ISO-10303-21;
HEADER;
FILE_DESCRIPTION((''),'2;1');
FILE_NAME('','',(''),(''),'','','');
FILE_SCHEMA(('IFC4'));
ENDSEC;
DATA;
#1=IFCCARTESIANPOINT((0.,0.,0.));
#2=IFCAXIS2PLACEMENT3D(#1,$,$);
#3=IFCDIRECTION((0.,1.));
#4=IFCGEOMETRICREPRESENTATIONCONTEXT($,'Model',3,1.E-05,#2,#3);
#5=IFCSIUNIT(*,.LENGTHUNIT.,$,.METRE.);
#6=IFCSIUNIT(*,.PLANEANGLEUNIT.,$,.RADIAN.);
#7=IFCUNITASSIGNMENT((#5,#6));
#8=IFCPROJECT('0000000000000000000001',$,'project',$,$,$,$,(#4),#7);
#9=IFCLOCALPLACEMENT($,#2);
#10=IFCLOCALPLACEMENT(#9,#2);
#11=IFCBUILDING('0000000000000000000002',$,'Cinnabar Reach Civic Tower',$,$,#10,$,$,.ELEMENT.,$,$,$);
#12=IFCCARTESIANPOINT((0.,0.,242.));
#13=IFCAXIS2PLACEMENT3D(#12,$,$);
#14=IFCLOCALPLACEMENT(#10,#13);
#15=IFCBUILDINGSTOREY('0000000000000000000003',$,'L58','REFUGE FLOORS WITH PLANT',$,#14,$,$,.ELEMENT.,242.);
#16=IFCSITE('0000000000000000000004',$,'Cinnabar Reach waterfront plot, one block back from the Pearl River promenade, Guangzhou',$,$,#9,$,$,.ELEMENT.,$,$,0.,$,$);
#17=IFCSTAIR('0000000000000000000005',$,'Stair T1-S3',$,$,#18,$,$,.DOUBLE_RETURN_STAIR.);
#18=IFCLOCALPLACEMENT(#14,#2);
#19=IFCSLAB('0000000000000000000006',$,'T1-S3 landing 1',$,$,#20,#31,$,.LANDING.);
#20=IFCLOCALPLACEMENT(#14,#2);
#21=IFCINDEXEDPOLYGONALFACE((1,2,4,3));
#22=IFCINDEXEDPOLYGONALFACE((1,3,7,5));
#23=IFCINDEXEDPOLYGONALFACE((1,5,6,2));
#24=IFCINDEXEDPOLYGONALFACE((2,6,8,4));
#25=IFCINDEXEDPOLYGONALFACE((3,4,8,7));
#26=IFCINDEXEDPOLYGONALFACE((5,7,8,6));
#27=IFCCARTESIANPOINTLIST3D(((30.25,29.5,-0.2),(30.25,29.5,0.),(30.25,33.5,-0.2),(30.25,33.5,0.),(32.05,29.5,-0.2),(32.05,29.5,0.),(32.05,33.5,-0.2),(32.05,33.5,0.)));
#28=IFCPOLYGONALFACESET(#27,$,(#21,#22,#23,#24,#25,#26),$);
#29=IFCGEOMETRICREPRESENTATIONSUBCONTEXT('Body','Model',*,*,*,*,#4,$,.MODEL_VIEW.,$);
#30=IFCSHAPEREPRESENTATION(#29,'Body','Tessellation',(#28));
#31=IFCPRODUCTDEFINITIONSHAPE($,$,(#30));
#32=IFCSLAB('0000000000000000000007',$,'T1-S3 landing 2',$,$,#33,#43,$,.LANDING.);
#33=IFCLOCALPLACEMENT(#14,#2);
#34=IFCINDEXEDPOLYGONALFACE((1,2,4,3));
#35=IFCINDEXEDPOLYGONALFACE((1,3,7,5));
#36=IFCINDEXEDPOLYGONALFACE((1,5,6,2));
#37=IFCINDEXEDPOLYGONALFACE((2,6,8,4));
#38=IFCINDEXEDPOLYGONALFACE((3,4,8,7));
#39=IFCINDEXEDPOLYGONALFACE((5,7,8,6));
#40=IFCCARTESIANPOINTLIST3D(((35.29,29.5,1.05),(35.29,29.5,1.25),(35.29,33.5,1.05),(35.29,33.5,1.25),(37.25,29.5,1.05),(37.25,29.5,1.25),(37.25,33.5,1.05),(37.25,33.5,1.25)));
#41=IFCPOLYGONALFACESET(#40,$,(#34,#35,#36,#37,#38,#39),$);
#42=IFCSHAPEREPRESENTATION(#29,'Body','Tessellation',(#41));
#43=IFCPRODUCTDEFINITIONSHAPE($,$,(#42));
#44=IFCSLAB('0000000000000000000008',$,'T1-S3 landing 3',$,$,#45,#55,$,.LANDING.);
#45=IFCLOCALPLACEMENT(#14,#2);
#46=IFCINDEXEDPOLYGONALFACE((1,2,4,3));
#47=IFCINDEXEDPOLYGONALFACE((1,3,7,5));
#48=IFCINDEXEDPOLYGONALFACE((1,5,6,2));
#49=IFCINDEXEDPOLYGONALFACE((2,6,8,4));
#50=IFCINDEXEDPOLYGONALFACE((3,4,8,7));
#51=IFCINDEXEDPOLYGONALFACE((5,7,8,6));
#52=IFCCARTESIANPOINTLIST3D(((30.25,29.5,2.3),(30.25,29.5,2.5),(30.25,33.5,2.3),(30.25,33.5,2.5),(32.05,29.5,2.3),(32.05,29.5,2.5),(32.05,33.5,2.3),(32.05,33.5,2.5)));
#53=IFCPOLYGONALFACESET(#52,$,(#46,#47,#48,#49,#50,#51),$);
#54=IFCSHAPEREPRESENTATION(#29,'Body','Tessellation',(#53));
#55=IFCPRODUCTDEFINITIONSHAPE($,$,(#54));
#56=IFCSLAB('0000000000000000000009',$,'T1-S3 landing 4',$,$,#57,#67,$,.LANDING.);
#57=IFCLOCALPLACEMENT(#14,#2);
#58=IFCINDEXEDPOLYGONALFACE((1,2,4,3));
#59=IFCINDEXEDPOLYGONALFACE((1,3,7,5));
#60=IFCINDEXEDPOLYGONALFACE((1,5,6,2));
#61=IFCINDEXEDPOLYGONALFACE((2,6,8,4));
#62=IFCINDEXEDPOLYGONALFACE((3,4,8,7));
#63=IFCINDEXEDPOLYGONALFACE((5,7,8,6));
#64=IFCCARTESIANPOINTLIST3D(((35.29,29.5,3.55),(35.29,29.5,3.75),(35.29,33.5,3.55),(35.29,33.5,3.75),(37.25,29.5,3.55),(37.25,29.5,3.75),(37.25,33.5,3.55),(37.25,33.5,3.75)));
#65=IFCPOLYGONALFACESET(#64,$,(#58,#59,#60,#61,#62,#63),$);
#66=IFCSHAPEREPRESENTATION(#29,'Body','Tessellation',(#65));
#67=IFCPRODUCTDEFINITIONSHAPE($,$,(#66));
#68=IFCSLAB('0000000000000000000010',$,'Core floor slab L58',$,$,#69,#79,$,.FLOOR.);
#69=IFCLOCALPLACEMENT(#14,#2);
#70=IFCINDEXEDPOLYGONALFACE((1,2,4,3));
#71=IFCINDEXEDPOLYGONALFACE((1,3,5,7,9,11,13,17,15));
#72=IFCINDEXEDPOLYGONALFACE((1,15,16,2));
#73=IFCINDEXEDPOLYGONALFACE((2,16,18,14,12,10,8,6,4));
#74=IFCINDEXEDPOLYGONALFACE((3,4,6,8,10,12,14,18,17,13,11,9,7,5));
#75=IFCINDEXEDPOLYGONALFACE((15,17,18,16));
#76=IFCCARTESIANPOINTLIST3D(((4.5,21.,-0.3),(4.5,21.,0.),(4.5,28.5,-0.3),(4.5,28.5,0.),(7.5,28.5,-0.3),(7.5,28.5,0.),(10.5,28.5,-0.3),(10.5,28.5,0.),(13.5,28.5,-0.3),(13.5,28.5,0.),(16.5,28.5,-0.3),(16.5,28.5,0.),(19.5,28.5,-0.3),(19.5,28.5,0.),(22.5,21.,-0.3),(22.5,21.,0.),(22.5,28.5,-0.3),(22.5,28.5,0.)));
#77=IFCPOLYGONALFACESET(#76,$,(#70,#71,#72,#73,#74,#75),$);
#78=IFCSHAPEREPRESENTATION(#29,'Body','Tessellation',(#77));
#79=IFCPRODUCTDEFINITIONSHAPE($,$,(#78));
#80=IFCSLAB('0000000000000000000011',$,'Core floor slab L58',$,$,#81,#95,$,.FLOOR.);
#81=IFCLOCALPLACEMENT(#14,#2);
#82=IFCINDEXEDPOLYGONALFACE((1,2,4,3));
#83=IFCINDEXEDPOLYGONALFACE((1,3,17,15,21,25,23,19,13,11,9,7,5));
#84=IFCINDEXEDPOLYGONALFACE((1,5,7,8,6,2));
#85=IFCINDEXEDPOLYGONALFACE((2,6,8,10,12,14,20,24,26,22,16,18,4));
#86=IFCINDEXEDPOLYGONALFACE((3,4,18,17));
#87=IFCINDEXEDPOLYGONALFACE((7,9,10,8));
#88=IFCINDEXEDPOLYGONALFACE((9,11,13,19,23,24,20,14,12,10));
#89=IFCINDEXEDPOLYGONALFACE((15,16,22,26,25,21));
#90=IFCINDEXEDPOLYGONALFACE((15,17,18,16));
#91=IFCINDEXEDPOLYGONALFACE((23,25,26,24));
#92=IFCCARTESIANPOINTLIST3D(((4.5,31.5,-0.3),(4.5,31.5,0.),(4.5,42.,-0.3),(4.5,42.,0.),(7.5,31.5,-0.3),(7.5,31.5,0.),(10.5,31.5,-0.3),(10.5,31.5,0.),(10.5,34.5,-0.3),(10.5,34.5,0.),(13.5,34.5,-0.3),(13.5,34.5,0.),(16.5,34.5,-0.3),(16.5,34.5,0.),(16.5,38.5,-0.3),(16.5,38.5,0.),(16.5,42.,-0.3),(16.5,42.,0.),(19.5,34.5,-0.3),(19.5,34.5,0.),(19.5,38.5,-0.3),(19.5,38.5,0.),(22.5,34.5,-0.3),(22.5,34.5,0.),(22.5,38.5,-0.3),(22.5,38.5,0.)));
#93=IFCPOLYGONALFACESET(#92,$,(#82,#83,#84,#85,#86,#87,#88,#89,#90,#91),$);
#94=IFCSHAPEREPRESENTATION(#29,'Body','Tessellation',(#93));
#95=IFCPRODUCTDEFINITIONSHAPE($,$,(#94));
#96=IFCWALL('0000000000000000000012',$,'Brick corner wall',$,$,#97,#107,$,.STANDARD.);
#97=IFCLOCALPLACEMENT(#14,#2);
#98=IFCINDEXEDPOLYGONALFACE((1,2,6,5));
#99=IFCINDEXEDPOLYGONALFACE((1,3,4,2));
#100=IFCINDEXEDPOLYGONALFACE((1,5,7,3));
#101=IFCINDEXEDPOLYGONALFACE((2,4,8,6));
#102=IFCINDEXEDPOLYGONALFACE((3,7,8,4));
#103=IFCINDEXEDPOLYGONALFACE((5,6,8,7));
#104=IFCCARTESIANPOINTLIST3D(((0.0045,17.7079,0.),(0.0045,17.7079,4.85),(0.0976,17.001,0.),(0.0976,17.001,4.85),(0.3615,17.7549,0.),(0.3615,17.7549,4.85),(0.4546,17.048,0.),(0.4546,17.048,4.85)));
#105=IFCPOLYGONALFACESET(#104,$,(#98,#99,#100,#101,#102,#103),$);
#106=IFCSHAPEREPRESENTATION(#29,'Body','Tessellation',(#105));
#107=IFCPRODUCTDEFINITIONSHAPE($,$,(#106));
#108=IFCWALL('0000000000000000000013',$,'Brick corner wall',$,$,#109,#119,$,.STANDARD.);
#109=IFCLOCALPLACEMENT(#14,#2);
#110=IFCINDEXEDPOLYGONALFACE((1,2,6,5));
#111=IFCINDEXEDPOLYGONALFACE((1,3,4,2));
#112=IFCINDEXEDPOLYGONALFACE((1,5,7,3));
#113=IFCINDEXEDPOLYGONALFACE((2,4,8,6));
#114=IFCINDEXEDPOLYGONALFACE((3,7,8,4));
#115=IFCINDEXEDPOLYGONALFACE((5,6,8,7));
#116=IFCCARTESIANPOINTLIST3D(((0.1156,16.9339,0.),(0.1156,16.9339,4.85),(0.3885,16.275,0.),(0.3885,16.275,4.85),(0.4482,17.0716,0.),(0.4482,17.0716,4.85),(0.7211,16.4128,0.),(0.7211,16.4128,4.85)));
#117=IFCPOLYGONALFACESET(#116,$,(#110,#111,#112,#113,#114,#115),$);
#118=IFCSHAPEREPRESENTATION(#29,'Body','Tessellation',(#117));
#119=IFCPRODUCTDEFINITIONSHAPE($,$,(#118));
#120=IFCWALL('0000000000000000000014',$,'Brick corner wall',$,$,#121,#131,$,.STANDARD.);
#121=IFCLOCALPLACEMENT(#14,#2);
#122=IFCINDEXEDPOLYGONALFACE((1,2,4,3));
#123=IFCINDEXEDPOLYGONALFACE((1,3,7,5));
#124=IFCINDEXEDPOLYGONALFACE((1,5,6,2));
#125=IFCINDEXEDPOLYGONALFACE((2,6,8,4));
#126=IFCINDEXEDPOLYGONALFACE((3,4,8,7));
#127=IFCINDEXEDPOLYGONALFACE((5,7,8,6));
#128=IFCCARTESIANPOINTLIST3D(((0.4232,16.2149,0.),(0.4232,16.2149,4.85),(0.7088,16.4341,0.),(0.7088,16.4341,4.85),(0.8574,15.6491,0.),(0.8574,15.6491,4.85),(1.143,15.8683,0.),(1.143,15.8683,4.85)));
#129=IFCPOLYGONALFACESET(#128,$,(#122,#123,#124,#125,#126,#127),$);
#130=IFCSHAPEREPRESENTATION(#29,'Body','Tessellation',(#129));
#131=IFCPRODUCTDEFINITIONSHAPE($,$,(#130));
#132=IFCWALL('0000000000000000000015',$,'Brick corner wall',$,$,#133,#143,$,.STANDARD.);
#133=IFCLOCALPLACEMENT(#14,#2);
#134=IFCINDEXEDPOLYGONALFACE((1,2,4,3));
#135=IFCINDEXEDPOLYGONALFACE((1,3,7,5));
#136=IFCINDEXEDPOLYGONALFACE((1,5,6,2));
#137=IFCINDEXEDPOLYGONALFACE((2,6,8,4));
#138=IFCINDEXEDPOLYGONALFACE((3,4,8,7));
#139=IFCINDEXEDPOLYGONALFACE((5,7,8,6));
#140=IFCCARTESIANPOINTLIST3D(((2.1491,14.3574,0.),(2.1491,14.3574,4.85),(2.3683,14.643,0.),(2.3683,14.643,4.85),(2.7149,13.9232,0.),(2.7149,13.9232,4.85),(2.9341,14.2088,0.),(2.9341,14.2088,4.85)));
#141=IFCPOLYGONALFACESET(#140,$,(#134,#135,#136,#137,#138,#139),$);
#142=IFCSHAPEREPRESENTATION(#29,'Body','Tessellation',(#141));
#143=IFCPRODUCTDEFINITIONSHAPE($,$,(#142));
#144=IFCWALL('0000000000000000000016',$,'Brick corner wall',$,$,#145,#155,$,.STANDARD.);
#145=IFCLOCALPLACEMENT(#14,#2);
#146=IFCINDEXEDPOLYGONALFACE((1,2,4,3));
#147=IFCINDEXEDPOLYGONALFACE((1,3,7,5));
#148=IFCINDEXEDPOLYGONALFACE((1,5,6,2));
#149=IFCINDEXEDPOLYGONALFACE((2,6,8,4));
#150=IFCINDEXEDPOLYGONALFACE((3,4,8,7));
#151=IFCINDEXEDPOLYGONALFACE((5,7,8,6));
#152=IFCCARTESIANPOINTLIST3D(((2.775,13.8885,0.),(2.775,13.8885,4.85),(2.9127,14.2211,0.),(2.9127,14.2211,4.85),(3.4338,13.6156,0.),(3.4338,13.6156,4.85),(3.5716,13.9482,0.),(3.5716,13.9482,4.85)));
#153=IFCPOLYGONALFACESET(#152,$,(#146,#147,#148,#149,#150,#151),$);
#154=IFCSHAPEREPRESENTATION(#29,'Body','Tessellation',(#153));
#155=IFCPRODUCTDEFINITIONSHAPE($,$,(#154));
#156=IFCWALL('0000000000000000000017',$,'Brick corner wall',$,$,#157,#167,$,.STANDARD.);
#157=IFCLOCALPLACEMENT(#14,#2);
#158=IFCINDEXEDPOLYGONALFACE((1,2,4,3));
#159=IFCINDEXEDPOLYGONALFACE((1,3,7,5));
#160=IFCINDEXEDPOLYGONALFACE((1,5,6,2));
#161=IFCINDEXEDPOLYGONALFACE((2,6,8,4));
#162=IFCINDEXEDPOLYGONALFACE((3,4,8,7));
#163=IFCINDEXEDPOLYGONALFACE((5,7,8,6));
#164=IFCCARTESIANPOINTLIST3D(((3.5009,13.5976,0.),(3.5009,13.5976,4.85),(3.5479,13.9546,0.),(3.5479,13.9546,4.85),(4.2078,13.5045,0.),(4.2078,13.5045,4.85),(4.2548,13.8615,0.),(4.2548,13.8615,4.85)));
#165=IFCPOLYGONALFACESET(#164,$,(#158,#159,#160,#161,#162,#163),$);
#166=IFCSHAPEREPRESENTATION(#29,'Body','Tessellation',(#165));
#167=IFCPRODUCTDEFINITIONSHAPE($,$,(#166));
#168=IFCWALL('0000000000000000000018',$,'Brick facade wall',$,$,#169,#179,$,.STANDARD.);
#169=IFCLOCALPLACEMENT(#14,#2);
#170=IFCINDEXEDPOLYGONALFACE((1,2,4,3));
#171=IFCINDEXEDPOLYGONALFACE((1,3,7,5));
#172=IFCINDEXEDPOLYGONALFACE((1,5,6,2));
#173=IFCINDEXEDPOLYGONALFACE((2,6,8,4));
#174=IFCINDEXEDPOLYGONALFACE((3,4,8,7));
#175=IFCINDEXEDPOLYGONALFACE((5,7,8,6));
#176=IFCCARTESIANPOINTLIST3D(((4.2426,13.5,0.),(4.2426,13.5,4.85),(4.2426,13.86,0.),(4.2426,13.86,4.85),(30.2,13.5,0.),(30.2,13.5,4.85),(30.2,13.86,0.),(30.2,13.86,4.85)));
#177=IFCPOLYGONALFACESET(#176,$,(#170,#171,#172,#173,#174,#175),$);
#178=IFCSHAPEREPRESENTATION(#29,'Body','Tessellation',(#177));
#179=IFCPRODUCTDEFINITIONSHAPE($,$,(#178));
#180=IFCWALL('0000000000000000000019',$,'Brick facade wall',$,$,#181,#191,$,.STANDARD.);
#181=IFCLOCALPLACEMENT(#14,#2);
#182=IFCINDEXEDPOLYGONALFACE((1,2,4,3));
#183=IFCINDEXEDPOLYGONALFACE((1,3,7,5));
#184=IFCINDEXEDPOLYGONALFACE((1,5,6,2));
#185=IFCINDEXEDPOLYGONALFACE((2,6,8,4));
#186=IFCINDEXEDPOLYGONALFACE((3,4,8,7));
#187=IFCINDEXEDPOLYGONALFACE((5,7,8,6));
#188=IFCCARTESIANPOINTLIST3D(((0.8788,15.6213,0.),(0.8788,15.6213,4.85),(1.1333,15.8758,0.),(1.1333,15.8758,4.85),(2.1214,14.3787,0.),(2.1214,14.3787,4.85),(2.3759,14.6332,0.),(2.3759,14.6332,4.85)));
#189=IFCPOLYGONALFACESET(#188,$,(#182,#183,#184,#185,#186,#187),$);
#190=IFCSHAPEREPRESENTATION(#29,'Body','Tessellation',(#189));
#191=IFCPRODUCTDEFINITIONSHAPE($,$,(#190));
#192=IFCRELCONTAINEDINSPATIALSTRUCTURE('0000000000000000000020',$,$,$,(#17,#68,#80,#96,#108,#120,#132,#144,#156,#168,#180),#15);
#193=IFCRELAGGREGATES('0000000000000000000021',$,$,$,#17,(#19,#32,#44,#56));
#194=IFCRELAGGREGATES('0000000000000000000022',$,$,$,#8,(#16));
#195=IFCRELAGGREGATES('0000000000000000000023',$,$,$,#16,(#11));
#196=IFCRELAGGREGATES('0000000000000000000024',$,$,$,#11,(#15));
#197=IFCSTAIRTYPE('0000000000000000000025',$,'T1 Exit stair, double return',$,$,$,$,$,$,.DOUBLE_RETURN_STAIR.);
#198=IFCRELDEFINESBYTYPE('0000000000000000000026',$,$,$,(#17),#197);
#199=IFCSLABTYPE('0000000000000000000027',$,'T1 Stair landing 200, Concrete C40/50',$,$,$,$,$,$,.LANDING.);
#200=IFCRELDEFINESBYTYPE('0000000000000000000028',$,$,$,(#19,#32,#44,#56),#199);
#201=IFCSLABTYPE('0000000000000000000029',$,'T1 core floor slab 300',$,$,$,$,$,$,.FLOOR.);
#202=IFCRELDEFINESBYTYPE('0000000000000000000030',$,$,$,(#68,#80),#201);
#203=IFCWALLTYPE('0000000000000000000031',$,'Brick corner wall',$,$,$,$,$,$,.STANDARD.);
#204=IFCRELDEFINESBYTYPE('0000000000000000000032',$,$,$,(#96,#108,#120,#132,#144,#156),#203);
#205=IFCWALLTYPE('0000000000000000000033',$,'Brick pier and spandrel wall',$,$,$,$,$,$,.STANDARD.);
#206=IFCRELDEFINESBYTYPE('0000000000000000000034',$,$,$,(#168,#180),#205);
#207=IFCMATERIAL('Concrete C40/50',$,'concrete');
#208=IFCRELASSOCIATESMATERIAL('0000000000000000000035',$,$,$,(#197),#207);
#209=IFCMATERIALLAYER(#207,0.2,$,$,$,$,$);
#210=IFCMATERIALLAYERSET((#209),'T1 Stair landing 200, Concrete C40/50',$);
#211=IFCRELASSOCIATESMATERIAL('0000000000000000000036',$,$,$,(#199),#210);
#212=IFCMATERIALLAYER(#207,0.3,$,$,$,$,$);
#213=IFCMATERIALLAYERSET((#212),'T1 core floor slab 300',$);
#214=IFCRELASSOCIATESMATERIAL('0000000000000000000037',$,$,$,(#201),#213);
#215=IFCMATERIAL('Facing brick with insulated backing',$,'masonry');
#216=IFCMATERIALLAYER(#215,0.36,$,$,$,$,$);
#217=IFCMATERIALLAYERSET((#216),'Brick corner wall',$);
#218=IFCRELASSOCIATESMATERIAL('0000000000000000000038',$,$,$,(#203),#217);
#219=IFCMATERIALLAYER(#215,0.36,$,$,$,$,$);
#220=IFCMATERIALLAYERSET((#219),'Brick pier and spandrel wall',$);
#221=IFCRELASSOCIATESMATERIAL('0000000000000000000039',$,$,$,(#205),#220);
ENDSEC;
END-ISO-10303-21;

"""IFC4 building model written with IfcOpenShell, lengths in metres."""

from ifc_helpers import new_model, si_unit, direction, frame, frame_2d, origin, place, context, subcontext, project, spatial, polyline, rectangle, outline, extrude, material, layer, layer_set, type_object, element, aggregate, save


model = new_model("IFC4")

# Units and contexts
model_context = context("Model", 3, precision=1e-05, world=origin(), true_north=direction((0.0, 1.0)))
body_context = subcontext(model_context, "Body", "Model", "MODEL_VIEW")
ifc_project = project(units=[si_unit("LENGTHUNIT", "METRE"), si_unit("PLANEANGLEUNIT", "RADIAN")], contexts=[model_context])

# Site, building, storey
site_placement = place(None, origin())
site = spatial("IfcSite", under=ifc_project, at=site_placement, Name="Cinnabar Reach waterfront plot, one block back from the Pearl River promenade, Guangzhou", CompositionType="ELEMENT", RefElevation=0.0)
building_placement = place(site_placement, origin())
building = spatial("IfcBuilding", under=site, at=building_placement, Name="Cinnabar Reach Civic Tower", CompositionType="ELEMENT")
storey_placement = place(building_placement, frame((0.0, 0.0, 242.0)))
storey = spatial("IfcBuildingStorey", under=building, at=storey_placement, Name="L58", Description="REFUGE FLOORS WITH PLANT", CompositionType="ELEMENT", Elevation=242.0)

# Stair, slabs
ifc_material_1 = material(Name="Concrete C40/50", Category="concrete")
stair_type = type_object("IfcStairType", Name="T1 Exit stair, double return", PredefinedType="DOUBLE_RETURN_STAIR", material=ifc_material_1)
ifc_layer_1 = layer(ifc_material_1, 0.2)
ifc_layer_set_1 = layer_set([ifc_layer_1], Name="T1 Stair landing 200, Concrete C40/50")
slab_type_1 = type_object("IfcSlabType", Name="T1 Stair landing 200, Concrete C40/50", PredefinedType="LANDING", material=ifc_layer_set_1)
stair_1_placement = place(storey_placement, origin())
stair_1 = element("IfcStair", 1, at=stair_1_placement, inside=storey, type_object=stair_type, Name="Stair T1-S3", PredefinedType="DOUBLE_RETURN_STAIR")
slab_1_placement = place(storey_placement, frame((0.0, 0.0, -0.2)))
slab_1 = element("IfcSlab", 2, at=slab_1_placement, type_object=slab_type_1, Name="T1-S3 landing 1", PredefinedType="LANDING", context=body_context, shape_type="SweptSolid", body=[
    extrude(outline(polyline([(30.25, 29.5), (32.05, 29.5), (32.05, 33.5), (30.25, 33.5), (30.25, 29.5)])), origin(), (0.0, 0.0, 1.0), 0.2),
])
slab_2_placement = place(storey_placement, frame((0.0, 0.0, 1.05)))
slab_2 = element("IfcSlab", 3, at=slab_2_placement, type_object=slab_type_1, Name="T1-S3 landing 2", PredefinedType="LANDING", context=body_context, shape_type="SweptSolid", body=[
    extrude(outline(polyline([(35.29, 29.5), (37.25, 29.5), (37.25, 33.5), (35.29, 33.5), (35.29, 29.5)])), origin(), (0.0, 0.0, 1.0), 0.2),
])
slab_3_placement = place(storey_placement, frame((0.0, 0.0, 2.3)))
slab_3 = element("IfcSlab", 4, at=slab_3_placement, type_object=slab_type_1, Name="T1-S3 landing 3", PredefinedType="LANDING", context=body_context, shape_type="SweptSolid", body=[
    extrude(outline(polyline([(30.25, 29.5), (32.05, 29.5), (32.05, 33.5), (30.25, 33.5), (30.25, 29.5)])), origin(), (0.0, 0.0, 1.0), 0.2),
])
slab_4_placement = place(storey_placement, frame((0.0, 0.0, 3.55)))
slab_4 = element("IfcSlab", 5, at=slab_4_placement, type_object=slab_type_1, Name="T1-S3 landing 4", PredefinedType="LANDING", context=body_context, shape_type="SweptSolid", body=[
    extrude(outline(polyline([(35.29, 29.5), (37.25, 29.5), (37.25, 33.5), (35.29, 33.5), (35.29, 29.5)])), origin(), (0.0, 0.0, 1.0), 0.2),
])
aggregate(stair_1, [slab_1, slab_2, slab_3, slab_4])

# Slabs
ifc_layer_2 = layer(ifc_material_1, 0.3)
ifc_layer_set_2 = layer_set([ifc_layer_2], Name="T1 core floor slab 300")
slab_type_2 = type_object("IfcSlabType", Name="T1 core floor slab 300", PredefinedType="FLOOR", material=ifc_layer_set_2)
slab_5_placement = place(storey_placement, frame((0.0, 0.0, -0.3)))
element("IfcSlab", 6, at=slab_5_placement, inside=storey, type_object=slab_type_2, Name="Core floor slab L58", PredefinedType="FLOOR", context=body_context, shape_type="SweptSolid", body=[
    extrude(outline(polyline([(22.5, 21.0), (4.5, 21.0), (4.5, 28.5), (7.5, 28.5), (10.5, 28.5), (13.5, 28.5), (16.5, 28.5), (19.5, 28.5), (22.5, 28.5), (22.5, 21.0)])), origin(), (0.0, 0.0, 1.0), 0.3),
])
slab_6_placement = place(storey_placement, frame((0.0, 0.0, -0.3)))
element("IfcSlab", 7, at=slab_6_placement, inside=storey, type_object=slab_type_2, Name="Core floor slab L58", PredefinedType="FLOOR", context=body_context, shape_type="SweptSolid", body=[
    extrude(outline(polyline([(22.5, 34.5), (19.5, 34.5), (16.5, 34.5), (13.5, 34.5), (10.5, 34.5), (10.5, 31.5), (7.5, 31.5), (4.5, 31.5), (4.5, 42.0), (16.5, 42.0), (16.5, 38.5), (19.5, 38.5), (22.5, 38.5), (22.5, 34.5)])), origin(), (0.0, 0.0, 1.0), 0.3),
])

# Walls
ifc_material_2 = material(Name="Facing brick with insulated backing", Category="masonry")
ifc_layer_3 = layer(ifc_material_2, 0.36)
ifc_layer_set_3 = layer_set([ifc_layer_3], Name="Brick corner wall")
wall_type_1 = type_object("IfcWallType", Name="Brick corner wall", PredefinedType="STANDARD", material=ifc_layer_set_3)
for number, where, z_axis, x_axis, name in (
    (8, (0.183, 17.7314, 0.0), (0.0, 0.0, 1.0), (0.130556, -0.991441, 0.0), "Brick corner wall"),
    (9, (0.2819, 17.0027, 0.0), (0.0, 0.0, 1.0), (0.382703, -0.923872, 0.0), "Brick corner wall"),
):
    element("IfcWall", number, at=place(storey_placement, frame(where, z_axis=z_axis, x_axis=x_axis)), inside=storey, type_object=wall_type_1, Name=name, PredefinedType="STANDARD", context=body_context, shape_type="SweptSolid", body=[
        extrude(rectangle(XDim=0.7131, YDim=0.36, at=frame_2d((0.3565, 0.0))), origin(), (0.0, 0.0, 1.0), 4.85),
    ])
for number, where, z_axis, x_axis, name in (
    (10, (0.566, 16.3245, 0.0), (0.0, 0.0, 1.0), (0.608802, -0.793322, 0.0), "Brick corner wall"),
    (11, (2.2587, 14.5002, 0.0), (0.0, 0.0, 1.0), (0.793322, -0.608802, 0.0), "Brick corner wall"),
):
    element("IfcWall", number, at=place(storey_placement, frame(where, z_axis=z_axis, x_axis=x_axis)), inside=storey, type_object=wall_type_1, Name=name, PredefinedType="STANDARD", context=body_context, shape_type="SweptSolid", body=[
        extrude(rectangle(XDim=0.7132, YDim=0.36, at=frame_2d((0.3566, 0.0))), origin(), (0.0, 0.0, 1.0), 4.85),
    ])
for number, where, z_axis, x_axis, name in (
    (12, (2.8439, 14.0548, 0.0), (0.0, 0.0, 1.0), (0.923872, -0.382703, 0.0), "Brick corner wall"),
    (13, (3.5244, 13.7761, 0.0), (0.0, 0.0, 1.0), (0.991441, -0.130556, 0.0), "Brick corner wall"),
):
    element("IfcWall", number, at=place(storey_placement, frame(where, z_axis=z_axis, x_axis=x_axis)), inside=storey, type_object=wall_type_1, Name=name, PredefinedType="STANDARD", context=body_context, shape_type="SweptSolid", body=[
        extrude(rectangle(XDim=0.7131, YDim=0.36, at=frame_2d((0.3565, 0.0))), origin(), (0.0, 0.0, 1.0), 4.85),
    ])
ifc_layer_4 = layer(ifc_material_2, 0.36)
ifc_layer_set_4 = layer_set([ifc_layer_4], Name="Brick pier and spandrel wall")
wall_type_2 = type_object("IfcWallType", Name="Brick pier and spandrel wall", PredefinedType="STANDARD", material=ifc_layer_set_4)
wall_1_placement = place(storey_placement, frame((4.2426, 13.68, 0.0), z_axis=(0.0, 0.0, 1.0), x_axis=(1.0, 0.0, 0.0)))
element("IfcWall", 14, at=wall_1_placement, inside=storey, type_object=wall_type_2, Name="Brick facade wall", PredefinedType="STANDARD", context=body_context, shape_type="SweptSolid", body=[
    extrude(rectangle(XDim=25.9574, YDim=0.36, at=frame_2d((12.9787, 0.0))), origin(), (0.0, 0.0, 1.0), 4.85),
])
wall_2_placement = place(storey_placement, frame((1.006, 15.7486, 0.0), z_axis=(0.0, 0.0, 1.0), x_axis=(0.707107, -0.707107, 0.0)))
element("IfcWall", 15, at=wall_2_placement, inside=storey, type_object=wall_type_2, Name="Brick facade wall", PredefinedType="STANDARD", context=body_context, shape_type="SweptSolid", body=[
    extrude(rectangle(XDim=1.7573, YDim=0.36, at=frame_2d((0.8787, 0.0))), origin(), (0.0, 0.0, 1.0), 4.85),
])

save(model, "model.ifc")
